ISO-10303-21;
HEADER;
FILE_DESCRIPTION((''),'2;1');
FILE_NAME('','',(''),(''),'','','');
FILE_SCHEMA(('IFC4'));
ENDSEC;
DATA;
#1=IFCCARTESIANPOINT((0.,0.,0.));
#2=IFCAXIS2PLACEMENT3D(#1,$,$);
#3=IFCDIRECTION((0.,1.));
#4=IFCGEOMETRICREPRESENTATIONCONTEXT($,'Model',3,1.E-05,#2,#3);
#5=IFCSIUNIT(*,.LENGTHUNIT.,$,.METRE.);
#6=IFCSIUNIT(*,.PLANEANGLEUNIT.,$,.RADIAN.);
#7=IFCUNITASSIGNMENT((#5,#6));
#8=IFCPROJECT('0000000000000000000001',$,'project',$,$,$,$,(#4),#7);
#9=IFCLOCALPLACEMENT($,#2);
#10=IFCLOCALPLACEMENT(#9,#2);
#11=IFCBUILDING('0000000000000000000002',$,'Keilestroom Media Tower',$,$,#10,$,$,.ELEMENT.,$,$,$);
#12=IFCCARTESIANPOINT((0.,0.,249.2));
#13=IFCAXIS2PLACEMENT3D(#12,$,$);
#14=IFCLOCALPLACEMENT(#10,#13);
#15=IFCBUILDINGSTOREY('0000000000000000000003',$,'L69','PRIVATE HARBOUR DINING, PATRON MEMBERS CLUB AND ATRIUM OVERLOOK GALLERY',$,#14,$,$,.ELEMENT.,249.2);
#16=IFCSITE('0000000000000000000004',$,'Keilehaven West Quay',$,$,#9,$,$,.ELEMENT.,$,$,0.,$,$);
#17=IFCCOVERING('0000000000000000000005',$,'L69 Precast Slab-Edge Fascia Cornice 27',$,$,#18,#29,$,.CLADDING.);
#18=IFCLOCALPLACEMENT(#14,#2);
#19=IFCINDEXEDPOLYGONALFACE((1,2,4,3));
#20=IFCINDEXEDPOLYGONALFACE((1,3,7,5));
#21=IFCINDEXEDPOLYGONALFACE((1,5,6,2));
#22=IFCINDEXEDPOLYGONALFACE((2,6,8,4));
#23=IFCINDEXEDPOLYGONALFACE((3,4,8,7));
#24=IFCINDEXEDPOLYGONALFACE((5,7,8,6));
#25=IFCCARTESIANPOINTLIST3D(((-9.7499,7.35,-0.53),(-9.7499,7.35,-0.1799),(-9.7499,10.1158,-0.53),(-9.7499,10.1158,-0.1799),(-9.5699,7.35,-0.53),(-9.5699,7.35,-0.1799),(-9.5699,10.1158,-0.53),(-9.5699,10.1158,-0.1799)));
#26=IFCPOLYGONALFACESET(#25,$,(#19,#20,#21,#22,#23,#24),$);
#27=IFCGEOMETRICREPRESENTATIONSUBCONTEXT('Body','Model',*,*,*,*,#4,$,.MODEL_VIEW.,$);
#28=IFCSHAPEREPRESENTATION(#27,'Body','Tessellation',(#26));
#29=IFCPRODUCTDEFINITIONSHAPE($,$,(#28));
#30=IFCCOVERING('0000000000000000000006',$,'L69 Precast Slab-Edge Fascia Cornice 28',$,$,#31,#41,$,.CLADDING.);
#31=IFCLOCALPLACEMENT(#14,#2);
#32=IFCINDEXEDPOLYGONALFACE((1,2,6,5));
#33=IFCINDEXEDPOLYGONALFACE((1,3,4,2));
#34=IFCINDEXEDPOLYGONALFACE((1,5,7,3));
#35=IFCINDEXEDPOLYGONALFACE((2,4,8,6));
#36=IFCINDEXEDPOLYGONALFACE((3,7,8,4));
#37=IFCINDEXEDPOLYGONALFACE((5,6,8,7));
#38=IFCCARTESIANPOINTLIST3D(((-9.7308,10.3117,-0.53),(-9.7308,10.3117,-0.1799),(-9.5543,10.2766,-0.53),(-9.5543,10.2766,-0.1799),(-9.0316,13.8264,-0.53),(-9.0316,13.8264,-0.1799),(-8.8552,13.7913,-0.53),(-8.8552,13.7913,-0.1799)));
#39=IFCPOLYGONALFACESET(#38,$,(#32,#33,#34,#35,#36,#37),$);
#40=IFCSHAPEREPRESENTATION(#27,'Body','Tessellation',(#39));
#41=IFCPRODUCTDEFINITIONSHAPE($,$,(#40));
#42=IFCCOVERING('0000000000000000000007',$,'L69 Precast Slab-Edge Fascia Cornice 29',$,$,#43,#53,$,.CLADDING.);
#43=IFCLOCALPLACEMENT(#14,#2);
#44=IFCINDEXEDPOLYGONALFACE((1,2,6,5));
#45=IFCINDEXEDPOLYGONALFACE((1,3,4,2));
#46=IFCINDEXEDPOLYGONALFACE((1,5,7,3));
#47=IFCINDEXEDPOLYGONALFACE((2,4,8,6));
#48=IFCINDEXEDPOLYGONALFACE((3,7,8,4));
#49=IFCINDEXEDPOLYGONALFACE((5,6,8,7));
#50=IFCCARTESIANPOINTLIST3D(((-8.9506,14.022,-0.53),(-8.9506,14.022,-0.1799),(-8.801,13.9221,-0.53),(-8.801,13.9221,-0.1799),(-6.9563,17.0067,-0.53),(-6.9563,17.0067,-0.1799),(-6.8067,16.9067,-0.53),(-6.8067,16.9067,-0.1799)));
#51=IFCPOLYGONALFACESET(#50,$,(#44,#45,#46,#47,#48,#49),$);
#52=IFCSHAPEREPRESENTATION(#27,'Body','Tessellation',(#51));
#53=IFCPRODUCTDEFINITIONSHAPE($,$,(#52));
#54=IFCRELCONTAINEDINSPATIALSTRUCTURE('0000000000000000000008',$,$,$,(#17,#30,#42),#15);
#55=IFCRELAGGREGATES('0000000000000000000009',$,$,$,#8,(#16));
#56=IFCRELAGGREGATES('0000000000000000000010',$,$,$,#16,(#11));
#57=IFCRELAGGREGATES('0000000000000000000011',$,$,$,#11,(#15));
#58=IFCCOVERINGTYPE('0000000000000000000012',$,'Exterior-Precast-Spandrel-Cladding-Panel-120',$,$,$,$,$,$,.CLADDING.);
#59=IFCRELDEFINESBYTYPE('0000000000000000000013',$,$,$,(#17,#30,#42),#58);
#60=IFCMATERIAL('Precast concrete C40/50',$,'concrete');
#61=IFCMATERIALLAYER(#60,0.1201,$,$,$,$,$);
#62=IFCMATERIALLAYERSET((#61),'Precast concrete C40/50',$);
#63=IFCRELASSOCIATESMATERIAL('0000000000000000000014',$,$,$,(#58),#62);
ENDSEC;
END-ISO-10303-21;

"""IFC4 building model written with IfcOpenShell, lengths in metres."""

from ifc_helpers import new_model, si_unit, direction, frame, origin, origin_2d, place, context, subcontext, project, spatial, rectangle, extrude, source, transform, mapped, material, layer, layer_set, type_object, element, save


model = new_model("IFC4")

# Units and contexts
model_context = context("Model", 3, precision=1e-05, world=origin(), true_north=direction((0.0, 1.0)))
body_context = subcontext(model_context, "Body", "Model", "MODEL_VIEW")
ifc_project = project(units=[si_unit("LENGTHUNIT", "METRE"), si_unit("PLANEANGLEUNIT", "RADIAN")], contexts=[model_context])

# Site, building, storey
site_placement = place(None, origin())
site = spatial("IfcSite", under=ifc_project, at=site_placement, Name="Keilehaven West Quay", CompositionType="ELEMENT", RefElevation=0.0)
building_placement = place(site_placement, origin())
building = spatial("IfcBuilding", under=site, at=building_placement, Name="Keilestroom Media Tower", CompositionType="ELEMENT")
storey_placement = place(building_placement, frame((0.0, 0.0, 249.2)))
storey = spatial("IfcBuildingStorey", under=building, at=storey_placement, Name="L69", Description="PRIVATE HARBOUR DINING, PATRON MEMBERS CLUB AND ATRIUM OVERLOOK GALLERY", CompositionType="ELEMENT", Elevation=249.2)

# Shared definitions
ifc_material_1 = material(Name="Precast concrete C40/50", Category="concrete")

# Coverings
ifc_layer_1 = layer(ifc_material_1, 0.1201)
ifc_layer_set_1 = layer_set([ifc_layer_1], Name="Precast concrete C40/50")
covering_type = type_object("IfcCoveringType", Name="Exterior-Precast-Spandrel-Cladding-Panel-120", PredefinedType="CLADDING", material=ifc_layer_set_1)
shared_shape_1 = source(origin(), body_context, "Body", "SweptSolid", [
    extrude(rectangle(XDim=2.7659, YDim=0.1799, at=origin_2d()), origin(), (0.0, 0.0, 1.0), 0.3501),
])
covering_1_placement = place(storey_placement, frame((-9.6599, 8.7329, -0.53), z_axis=(0.0, 0.0, 1.0), x_axis=(0.0, 1.0, 0.0)))
element("IfcCovering", 1, at=covering_1_placement, inside=storey, type_object=covering_type, Name="L69 Precast Slab-Edge Fascia Cornice 27", PredefinedType="CLADDING", context=body_context, shape_type="MappedRepresentation", body=[
    mapped(shared_shape_1, transform((0.0, 0.0, 0.0), x_axis=(1.0, 0.0, 0.0), y_axis=(0.0, 1.0, 0.0), z_axis=(0.0, 0.0, 1.0), scale=1.0)),
])
shared_shape_2 = source(origin(), body_context, "Body", "SweptSolid", [
    extrude(rectangle(XDim=3.5835, YDim=0.1799, at=origin_2d()), origin(), (0.0, 0.0, 1.0), 0.3501),
])
covering_2_placement = place(storey_placement, frame((-9.293, 12.0515, -0.53), z_axis=(0.0, 0.0, 1.0), x_axis=(0.195099, 0.980784, 0.0)))
element("IfcCovering", 2, at=covering_2_placement, inside=storey, type_object=covering_type, Name="L69 Precast Slab-Edge Fascia Cornice 28", PredefinedType="CLADDING", context=body_context, shape_type="MappedRepresentation", body=[
    mapped(shared_shape_2, transform((0.0, 0.0, 0.0), x_axis=(1.0, 0.0, 0.0), y_axis=(0.0, 1.0, 0.0), z_axis=(0.0, 0.0, 1.0), scale=1.0)),
])
shared_shape_3 = source(origin(), body_context, "Body", "SweptSolid", [
    extrude(rectangle(XDim=3.5896, YDim=0.1799, at=origin_2d()), origin(), (0.0, 0.0, 1.0), 0.3501),
])
covering_3_placement = place(storey_placement, frame((-7.8787, 15.4644, -0.53), z_axis=(0.0, 0.0, 1.0), x_axis=(0.555575, 0.831467, 0.0)))
element("IfcCovering", 3, at=covering_3_placement, inside=storey, type_object=covering_type, Name="L69 Precast Slab-Edge Fascia Cornice 29", PredefinedType="CLADDING", context=body_context, shape_type="MappedRepresentation", body=[
    mapped(shared_shape_3, transform((0.0, 0.0, 0.0), x_axis=(1.0, 0.0, 0.0), y_axis=(0.0, 1.0, 0.0), z_axis=(0.0, 0.0, 1.0), scale=1.0)),
])

save(model, "model.ifc")
